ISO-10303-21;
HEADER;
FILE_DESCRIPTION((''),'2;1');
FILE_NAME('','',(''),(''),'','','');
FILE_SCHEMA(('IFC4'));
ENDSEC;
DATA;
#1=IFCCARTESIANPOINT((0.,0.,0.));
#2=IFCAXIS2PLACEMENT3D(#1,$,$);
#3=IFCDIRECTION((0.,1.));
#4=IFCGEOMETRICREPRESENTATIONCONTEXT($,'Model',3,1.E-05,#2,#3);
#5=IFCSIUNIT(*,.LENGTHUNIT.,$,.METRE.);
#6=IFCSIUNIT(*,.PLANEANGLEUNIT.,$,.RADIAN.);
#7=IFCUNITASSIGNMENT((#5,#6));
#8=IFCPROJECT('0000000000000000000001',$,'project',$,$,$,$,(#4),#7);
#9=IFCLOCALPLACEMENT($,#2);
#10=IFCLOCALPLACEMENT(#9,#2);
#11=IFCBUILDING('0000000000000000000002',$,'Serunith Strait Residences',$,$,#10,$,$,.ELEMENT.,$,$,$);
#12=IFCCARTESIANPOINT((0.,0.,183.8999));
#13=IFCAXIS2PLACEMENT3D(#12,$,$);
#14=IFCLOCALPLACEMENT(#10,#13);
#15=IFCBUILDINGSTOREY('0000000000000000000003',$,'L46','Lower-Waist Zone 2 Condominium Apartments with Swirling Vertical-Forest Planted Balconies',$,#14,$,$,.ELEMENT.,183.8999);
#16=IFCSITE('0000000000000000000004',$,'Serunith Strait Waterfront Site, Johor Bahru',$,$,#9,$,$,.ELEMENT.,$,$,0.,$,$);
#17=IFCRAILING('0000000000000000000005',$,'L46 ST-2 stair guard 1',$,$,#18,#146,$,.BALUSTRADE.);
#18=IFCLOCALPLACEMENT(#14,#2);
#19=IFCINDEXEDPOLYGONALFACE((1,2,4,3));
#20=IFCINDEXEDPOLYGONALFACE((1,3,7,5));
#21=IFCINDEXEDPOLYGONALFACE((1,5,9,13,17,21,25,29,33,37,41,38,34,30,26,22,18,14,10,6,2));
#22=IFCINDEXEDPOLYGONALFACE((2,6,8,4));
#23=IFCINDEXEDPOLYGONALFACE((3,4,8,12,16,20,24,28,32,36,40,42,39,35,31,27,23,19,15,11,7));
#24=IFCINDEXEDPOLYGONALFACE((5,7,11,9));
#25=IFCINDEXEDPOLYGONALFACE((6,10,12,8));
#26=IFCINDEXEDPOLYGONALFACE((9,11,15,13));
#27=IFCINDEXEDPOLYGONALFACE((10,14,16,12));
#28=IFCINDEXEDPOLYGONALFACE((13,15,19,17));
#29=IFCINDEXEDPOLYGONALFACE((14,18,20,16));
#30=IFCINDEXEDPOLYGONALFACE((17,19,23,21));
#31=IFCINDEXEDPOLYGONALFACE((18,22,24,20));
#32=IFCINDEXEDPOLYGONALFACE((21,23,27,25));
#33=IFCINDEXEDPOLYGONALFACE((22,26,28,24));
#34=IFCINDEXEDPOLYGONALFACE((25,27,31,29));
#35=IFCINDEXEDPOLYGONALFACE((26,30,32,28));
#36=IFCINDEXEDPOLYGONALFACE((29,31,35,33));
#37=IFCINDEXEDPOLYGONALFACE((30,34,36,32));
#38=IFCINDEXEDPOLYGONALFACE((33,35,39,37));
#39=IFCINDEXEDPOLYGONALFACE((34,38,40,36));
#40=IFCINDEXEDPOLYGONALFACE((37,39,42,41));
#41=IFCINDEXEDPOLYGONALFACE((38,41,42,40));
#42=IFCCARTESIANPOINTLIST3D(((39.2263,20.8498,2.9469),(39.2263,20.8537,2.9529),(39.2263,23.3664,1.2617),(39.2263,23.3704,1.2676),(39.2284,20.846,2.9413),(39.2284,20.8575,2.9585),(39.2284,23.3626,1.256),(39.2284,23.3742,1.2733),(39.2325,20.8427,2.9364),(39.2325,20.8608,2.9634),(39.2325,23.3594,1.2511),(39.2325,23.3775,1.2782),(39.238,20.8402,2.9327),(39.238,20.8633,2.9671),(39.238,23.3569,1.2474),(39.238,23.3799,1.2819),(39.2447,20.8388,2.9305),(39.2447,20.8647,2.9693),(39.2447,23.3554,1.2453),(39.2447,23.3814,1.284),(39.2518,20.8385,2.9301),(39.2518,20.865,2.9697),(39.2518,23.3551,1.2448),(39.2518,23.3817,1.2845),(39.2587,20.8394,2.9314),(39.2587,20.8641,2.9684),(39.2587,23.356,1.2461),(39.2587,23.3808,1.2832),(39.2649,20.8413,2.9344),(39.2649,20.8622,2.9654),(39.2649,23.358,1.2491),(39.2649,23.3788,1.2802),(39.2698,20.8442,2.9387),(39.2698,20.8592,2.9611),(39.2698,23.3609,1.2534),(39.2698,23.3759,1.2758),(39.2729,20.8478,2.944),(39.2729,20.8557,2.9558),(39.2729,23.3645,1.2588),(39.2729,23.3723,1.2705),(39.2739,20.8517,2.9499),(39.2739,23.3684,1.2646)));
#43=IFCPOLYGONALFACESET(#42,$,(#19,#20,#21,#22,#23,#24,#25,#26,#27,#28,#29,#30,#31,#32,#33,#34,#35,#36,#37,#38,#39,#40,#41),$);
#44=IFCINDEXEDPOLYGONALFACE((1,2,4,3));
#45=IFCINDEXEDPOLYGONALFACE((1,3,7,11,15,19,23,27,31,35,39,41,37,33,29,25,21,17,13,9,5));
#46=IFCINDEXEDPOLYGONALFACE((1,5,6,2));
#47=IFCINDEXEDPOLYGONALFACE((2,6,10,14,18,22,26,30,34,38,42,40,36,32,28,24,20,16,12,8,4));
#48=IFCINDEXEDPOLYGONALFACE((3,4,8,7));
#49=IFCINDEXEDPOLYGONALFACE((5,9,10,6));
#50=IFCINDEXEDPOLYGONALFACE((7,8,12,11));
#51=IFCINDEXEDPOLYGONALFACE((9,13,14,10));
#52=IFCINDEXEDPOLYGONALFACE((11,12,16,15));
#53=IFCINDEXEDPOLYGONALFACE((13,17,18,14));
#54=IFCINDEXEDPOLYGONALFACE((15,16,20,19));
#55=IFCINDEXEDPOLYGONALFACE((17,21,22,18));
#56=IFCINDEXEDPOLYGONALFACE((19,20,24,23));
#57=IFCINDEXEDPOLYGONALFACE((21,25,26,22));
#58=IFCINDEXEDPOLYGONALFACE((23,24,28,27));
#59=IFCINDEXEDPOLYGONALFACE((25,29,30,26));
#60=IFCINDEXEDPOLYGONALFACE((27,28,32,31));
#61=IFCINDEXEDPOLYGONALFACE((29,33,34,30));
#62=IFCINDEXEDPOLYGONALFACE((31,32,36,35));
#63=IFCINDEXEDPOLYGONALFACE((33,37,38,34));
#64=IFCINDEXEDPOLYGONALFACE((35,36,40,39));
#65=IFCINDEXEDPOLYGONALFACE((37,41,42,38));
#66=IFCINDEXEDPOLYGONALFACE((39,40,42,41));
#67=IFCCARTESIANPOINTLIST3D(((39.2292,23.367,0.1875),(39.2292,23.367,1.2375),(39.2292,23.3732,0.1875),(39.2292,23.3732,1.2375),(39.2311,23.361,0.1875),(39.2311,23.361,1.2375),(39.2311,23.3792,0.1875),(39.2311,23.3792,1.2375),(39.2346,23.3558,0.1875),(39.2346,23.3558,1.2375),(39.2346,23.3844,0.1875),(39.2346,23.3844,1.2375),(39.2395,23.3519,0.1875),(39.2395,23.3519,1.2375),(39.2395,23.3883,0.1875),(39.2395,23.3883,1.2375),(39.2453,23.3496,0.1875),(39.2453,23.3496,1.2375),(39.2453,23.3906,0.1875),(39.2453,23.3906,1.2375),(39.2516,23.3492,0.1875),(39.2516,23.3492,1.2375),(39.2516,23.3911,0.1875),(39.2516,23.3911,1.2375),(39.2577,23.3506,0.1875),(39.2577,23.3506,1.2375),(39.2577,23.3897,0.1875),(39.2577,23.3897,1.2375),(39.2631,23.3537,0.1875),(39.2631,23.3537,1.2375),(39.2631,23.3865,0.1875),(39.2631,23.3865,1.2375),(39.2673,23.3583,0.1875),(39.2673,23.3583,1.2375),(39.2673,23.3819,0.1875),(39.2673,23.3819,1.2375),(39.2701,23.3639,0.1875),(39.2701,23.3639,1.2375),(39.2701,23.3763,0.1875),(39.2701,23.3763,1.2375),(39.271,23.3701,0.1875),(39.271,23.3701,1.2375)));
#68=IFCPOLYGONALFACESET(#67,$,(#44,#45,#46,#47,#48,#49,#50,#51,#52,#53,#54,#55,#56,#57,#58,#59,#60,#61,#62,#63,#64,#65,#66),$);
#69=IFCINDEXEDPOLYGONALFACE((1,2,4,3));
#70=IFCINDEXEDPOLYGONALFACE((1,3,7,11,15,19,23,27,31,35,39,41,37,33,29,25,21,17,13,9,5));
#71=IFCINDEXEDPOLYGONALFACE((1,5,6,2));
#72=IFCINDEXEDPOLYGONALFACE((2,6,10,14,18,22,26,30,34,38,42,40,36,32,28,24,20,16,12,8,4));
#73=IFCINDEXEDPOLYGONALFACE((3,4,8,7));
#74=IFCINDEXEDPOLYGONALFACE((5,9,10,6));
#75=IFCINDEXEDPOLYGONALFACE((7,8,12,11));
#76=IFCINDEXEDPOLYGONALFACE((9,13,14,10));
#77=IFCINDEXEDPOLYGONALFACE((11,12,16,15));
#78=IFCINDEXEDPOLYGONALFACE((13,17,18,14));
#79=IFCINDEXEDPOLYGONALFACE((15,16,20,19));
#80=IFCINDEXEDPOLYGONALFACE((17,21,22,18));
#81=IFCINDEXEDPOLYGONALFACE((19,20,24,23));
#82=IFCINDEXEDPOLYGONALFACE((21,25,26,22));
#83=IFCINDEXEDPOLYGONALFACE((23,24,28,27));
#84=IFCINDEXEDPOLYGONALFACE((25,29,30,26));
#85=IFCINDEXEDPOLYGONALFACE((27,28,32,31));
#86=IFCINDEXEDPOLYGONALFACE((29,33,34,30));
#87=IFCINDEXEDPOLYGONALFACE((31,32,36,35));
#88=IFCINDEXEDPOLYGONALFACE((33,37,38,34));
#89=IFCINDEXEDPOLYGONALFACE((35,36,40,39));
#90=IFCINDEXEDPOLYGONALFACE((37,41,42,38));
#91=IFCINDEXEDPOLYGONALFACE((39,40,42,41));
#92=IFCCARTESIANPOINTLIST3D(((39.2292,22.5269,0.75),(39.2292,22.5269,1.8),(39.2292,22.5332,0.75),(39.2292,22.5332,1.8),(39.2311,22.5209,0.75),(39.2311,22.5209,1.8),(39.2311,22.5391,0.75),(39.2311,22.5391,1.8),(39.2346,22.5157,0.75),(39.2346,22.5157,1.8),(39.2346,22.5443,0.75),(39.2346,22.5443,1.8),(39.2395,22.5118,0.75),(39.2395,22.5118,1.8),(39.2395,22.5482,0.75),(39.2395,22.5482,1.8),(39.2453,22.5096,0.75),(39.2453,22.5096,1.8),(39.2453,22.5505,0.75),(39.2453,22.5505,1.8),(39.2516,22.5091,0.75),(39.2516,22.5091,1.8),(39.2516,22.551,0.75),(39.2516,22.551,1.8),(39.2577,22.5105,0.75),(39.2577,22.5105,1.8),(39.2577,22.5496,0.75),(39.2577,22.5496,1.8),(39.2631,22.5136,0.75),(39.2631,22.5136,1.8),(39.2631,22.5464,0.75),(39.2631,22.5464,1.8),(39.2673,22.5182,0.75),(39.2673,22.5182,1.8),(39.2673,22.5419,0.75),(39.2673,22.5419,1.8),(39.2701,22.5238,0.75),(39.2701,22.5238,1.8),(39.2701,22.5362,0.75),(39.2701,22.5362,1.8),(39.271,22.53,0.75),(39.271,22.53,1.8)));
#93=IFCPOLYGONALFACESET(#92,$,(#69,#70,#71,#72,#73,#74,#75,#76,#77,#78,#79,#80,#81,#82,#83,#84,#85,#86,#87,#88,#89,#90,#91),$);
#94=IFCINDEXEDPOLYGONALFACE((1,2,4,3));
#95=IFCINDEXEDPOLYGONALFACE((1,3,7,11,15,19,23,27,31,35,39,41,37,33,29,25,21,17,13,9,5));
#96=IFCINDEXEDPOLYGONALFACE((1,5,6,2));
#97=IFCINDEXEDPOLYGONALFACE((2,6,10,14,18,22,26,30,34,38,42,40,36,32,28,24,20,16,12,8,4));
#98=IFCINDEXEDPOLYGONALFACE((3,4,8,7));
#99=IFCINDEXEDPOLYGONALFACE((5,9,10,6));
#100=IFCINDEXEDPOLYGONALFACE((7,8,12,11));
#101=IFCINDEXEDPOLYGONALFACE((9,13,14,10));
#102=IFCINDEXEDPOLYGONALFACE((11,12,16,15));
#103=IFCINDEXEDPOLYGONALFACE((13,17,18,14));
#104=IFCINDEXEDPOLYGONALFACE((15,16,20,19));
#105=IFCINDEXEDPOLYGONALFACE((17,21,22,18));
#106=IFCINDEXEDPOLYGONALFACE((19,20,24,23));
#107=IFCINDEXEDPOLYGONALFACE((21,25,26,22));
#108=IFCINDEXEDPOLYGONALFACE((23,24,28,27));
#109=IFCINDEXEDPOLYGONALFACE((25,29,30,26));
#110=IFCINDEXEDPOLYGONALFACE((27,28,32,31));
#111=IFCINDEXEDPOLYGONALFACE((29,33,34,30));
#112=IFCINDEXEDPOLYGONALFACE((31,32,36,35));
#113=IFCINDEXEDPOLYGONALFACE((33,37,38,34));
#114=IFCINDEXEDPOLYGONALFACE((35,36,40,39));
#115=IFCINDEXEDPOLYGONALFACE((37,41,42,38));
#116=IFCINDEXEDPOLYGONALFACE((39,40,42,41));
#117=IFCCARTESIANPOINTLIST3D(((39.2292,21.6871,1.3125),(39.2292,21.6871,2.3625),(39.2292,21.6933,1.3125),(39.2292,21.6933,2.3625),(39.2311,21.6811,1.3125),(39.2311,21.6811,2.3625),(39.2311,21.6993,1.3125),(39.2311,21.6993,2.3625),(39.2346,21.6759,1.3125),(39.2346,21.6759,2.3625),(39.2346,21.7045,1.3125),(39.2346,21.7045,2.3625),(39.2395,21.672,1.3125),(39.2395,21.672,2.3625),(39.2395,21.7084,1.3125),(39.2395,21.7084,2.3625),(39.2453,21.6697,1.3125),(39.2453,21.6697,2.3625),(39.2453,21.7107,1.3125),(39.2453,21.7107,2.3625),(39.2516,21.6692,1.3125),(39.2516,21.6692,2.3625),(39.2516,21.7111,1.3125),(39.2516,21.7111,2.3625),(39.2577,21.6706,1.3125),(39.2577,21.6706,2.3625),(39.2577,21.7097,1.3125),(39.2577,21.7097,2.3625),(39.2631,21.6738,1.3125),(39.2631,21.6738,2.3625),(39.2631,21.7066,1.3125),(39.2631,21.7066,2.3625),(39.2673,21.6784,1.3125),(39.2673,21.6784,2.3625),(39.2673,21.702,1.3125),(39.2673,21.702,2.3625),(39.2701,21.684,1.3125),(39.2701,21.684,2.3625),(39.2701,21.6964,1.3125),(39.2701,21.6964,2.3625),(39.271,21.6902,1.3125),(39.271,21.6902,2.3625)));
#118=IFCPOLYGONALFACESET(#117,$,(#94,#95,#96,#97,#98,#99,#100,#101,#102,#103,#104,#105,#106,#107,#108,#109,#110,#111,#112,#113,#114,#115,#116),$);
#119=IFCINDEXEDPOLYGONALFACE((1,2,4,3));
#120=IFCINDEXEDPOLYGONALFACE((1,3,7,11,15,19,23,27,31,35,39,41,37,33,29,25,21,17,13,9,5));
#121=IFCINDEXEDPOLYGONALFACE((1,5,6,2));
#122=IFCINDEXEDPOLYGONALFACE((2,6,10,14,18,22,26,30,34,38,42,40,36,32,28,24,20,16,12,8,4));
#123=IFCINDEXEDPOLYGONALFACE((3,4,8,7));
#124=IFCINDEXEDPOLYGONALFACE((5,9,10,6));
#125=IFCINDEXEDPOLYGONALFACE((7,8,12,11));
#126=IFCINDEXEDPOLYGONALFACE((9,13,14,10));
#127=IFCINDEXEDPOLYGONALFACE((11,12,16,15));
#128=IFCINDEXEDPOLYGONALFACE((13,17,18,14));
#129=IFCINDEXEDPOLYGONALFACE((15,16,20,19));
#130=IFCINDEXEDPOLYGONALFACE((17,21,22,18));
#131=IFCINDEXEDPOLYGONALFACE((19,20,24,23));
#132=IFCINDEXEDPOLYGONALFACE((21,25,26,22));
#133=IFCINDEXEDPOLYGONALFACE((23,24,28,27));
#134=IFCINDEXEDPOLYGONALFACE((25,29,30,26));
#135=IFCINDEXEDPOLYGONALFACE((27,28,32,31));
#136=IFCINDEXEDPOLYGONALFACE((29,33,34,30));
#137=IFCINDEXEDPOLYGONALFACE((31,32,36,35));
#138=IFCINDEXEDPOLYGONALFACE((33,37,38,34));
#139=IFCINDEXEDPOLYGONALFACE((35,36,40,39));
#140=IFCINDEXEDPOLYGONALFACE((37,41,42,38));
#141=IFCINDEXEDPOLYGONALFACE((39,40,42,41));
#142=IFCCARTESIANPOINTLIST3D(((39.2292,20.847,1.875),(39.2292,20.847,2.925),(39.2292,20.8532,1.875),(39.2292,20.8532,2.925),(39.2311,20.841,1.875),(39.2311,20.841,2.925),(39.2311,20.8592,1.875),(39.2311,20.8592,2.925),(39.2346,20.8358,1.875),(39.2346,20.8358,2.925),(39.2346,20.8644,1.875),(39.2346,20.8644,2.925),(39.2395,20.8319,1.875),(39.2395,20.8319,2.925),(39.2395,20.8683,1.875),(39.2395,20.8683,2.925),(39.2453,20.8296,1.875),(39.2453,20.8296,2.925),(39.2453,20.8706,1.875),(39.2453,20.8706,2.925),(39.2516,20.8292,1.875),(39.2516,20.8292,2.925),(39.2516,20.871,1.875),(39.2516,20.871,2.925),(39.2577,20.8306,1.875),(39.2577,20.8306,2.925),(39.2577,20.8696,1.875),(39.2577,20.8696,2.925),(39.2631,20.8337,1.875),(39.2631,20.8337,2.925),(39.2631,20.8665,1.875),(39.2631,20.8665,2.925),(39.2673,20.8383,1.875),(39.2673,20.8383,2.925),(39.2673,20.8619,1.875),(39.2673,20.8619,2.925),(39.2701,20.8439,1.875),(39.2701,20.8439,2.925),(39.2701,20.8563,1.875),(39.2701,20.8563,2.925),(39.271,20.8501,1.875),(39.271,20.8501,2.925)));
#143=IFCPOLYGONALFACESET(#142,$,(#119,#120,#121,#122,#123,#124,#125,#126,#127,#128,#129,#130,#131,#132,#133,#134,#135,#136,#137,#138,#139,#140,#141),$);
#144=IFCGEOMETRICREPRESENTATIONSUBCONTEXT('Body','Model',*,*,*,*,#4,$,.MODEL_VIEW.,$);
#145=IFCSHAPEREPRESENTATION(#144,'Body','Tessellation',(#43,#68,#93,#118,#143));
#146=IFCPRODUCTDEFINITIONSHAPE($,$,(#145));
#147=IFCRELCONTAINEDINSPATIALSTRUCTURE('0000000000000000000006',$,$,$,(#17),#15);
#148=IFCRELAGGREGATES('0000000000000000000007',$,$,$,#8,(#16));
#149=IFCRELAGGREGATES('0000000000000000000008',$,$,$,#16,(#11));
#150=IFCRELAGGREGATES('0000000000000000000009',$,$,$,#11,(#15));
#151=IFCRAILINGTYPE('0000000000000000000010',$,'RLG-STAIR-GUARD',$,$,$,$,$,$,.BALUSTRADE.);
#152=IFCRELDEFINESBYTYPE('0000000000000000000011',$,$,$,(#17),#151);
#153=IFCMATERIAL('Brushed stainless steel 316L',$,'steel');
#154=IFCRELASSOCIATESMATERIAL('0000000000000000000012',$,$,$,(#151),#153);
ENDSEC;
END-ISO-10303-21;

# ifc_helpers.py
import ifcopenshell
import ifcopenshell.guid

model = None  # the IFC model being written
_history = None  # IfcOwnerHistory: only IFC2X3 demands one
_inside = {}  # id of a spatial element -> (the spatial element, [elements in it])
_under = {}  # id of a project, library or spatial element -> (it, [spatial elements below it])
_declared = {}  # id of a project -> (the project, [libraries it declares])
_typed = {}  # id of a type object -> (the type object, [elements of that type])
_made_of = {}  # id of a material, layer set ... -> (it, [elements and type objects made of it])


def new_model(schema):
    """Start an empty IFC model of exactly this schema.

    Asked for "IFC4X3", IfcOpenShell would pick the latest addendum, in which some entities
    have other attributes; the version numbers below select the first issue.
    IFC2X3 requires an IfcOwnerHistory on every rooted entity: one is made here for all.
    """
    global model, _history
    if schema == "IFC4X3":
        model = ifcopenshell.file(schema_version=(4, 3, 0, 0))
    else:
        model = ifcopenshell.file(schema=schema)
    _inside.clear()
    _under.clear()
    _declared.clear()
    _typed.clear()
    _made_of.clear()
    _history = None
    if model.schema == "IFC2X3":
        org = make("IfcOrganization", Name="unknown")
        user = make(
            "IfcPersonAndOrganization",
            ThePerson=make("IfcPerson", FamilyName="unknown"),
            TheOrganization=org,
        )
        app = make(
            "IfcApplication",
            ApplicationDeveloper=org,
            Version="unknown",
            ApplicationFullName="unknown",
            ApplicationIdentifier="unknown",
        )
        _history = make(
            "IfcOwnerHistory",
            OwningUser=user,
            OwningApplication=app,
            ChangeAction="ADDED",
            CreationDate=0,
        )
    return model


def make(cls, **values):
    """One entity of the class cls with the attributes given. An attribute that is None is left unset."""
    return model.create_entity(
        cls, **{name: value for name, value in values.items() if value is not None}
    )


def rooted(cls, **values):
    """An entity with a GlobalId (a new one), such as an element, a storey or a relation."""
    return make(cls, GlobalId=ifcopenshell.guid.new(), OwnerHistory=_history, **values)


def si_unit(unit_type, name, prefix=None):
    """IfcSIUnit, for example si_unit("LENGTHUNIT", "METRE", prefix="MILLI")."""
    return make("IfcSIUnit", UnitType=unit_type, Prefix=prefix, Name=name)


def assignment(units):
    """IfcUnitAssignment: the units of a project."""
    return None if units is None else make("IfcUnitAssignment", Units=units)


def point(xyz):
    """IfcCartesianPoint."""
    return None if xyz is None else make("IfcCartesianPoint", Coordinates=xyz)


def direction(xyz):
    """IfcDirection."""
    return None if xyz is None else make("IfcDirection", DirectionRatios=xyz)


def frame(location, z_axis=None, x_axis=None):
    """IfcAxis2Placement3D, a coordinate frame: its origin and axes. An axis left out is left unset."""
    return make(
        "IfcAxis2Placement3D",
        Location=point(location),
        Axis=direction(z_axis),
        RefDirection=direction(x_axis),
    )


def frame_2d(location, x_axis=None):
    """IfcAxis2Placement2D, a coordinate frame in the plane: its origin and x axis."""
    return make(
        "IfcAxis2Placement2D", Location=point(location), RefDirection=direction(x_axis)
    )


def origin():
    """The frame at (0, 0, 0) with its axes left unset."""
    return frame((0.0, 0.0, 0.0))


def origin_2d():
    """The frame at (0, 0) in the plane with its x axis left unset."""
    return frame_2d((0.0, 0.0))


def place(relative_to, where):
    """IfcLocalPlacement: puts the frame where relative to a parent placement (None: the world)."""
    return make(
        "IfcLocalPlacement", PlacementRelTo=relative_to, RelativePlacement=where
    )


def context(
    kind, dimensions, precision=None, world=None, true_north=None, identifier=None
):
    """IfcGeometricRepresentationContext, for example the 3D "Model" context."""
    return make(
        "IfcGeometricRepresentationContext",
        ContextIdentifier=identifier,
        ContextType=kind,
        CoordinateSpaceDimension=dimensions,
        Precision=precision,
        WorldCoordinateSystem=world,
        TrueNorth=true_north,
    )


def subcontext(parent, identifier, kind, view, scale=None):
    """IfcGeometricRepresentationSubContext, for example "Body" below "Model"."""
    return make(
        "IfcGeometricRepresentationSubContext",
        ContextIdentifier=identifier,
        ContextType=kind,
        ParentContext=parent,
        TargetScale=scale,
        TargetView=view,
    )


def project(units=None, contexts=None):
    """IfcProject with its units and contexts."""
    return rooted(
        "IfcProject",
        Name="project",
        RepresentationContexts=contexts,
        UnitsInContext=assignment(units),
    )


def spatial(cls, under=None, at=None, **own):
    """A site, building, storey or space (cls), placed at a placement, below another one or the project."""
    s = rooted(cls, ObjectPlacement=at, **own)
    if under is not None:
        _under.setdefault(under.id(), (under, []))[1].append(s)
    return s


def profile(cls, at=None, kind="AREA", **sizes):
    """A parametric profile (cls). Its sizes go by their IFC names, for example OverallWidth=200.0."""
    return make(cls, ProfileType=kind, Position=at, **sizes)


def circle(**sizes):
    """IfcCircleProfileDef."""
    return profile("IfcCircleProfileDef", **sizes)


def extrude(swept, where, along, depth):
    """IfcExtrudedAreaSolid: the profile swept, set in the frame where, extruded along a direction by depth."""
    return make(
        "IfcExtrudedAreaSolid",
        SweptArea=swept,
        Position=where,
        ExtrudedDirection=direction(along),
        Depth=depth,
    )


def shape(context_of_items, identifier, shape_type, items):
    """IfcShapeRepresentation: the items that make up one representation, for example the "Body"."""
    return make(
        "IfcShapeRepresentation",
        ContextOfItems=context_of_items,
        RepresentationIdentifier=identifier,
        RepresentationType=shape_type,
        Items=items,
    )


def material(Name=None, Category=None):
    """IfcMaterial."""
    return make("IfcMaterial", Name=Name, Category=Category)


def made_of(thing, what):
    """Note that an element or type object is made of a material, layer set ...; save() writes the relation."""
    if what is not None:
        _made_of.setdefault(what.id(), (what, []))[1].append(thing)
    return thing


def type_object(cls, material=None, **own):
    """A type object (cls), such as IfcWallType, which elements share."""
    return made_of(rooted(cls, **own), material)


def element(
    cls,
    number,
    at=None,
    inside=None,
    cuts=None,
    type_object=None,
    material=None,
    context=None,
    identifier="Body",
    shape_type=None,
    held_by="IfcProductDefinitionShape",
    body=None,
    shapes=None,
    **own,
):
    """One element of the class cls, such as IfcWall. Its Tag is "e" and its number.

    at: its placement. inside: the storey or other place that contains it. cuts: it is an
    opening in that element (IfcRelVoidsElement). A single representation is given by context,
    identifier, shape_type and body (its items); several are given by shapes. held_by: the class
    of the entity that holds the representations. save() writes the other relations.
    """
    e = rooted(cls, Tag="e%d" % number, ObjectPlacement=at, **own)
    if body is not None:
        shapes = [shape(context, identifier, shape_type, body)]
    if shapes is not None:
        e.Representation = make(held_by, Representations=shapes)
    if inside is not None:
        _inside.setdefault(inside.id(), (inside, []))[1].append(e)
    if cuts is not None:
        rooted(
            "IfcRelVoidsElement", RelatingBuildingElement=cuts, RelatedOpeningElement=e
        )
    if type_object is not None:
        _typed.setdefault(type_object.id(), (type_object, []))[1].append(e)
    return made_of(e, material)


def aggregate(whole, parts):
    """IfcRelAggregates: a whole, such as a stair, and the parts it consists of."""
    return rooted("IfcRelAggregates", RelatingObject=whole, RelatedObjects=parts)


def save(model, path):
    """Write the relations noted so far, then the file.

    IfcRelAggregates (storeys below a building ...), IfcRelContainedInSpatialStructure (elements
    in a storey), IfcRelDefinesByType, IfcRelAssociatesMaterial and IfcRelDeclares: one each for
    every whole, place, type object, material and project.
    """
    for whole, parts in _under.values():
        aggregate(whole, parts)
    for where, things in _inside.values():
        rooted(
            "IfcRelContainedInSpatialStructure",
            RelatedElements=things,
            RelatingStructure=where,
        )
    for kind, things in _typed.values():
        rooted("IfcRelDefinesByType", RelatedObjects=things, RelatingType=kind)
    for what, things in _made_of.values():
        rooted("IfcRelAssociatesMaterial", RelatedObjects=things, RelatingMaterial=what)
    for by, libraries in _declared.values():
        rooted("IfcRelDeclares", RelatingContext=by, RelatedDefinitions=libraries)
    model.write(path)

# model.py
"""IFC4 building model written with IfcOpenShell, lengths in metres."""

from ifc_helpers import new_model, si_unit, direction, frame, origin, origin_2d, place, context, subcontext, project, spatial, circle, extrude, material, type_object, element, save


model = new_model("IFC4")

# Units and contexts
model_context = context("Model", 3, precision=1e-05, world=origin(), true_north=direction((0.0, 1.0)))
body_context = subcontext(model_context, "Body", "Model", "MODEL_VIEW")
ifc_project = project(units=[si_unit("LENGTHUNIT", "METRE"), si_unit("PLANEANGLEUNIT", "RADIAN")], contexts=[model_context])

# Site, building, storey
site_placement = place(None, origin())
site = spatial("IfcSite", under=ifc_project, at=site_placement, Name="Serunith Strait Waterfront Site, Johor Bahru", CompositionType="ELEMENT", RefElevation=0.0)
building_placement = place(site_placement, origin())
building = spatial("IfcBuilding", under=site, at=building_placement, Name="Serunith Strait Residences", CompositionType="ELEMENT")
storey_placement = place(building_placement, frame((0.0, 0.0, 183.8999)))
storey = spatial("IfcBuildingStorey", under=building, at=storey_placement, Name="L46", Description="Lower-Waist Zone 2 Condominium Apartments with Swirling Vertical-Forest Planted Balconies", CompositionType="ELEMENT", Elevation=183.8999)

# Railing
ifc_material_1 = material(Name="Brushed stainless steel 316L", Category="steel")
railing_type_1 = type_object("IfcRailingType", Name="RLG-STAIR-GUARD", PredefinedType="BALUSTRADE", material=ifc_material_1)
railing_1_placement = place(storey_placement, frame((39.25, 23.3701, 0.1875)))
element("IfcRailing", 1, at=railing_1_placement, inside=storey, type_object=railing_type_1, Name="L46 ST-2 stair guard 1", PredefinedType="BALUSTRADE", context=body_context, shape_type="SweptSolid", body=[
    extrude(circle(Radius=0.0239, at=origin_2d()), frame((0.0, -0.0017, 1.0771), z_axis=(0.0, -0.830909, 0.556408), x_axis=(1.0, 0.0, 0.0)), (0.0, 0.0, 1.0), 3.0288),
    extrude(circle(Radius=0.021, at=origin_2d()), origin(), (0.0, 0.0, 1.0), 1.05),
    extrude(circle(Radius=0.021, at=origin_2d()), frame((0.0, -0.8401, 0.5625)), (0.0, 0.0, 1.0), 1.05),
    extrude(circle(Radius=0.021, at=origin_2d()), frame((0.0, -1.6799, 1.125)), (0.0, 0.0, 1.0), 1.05),
    extrude(circle(Radius=0.021, at=origin_2d()), frame((0.0, -2.52, 1.6875)), (0.0, 0.0, 1.0), 1.05),
])

save(model, "model.ifc")
